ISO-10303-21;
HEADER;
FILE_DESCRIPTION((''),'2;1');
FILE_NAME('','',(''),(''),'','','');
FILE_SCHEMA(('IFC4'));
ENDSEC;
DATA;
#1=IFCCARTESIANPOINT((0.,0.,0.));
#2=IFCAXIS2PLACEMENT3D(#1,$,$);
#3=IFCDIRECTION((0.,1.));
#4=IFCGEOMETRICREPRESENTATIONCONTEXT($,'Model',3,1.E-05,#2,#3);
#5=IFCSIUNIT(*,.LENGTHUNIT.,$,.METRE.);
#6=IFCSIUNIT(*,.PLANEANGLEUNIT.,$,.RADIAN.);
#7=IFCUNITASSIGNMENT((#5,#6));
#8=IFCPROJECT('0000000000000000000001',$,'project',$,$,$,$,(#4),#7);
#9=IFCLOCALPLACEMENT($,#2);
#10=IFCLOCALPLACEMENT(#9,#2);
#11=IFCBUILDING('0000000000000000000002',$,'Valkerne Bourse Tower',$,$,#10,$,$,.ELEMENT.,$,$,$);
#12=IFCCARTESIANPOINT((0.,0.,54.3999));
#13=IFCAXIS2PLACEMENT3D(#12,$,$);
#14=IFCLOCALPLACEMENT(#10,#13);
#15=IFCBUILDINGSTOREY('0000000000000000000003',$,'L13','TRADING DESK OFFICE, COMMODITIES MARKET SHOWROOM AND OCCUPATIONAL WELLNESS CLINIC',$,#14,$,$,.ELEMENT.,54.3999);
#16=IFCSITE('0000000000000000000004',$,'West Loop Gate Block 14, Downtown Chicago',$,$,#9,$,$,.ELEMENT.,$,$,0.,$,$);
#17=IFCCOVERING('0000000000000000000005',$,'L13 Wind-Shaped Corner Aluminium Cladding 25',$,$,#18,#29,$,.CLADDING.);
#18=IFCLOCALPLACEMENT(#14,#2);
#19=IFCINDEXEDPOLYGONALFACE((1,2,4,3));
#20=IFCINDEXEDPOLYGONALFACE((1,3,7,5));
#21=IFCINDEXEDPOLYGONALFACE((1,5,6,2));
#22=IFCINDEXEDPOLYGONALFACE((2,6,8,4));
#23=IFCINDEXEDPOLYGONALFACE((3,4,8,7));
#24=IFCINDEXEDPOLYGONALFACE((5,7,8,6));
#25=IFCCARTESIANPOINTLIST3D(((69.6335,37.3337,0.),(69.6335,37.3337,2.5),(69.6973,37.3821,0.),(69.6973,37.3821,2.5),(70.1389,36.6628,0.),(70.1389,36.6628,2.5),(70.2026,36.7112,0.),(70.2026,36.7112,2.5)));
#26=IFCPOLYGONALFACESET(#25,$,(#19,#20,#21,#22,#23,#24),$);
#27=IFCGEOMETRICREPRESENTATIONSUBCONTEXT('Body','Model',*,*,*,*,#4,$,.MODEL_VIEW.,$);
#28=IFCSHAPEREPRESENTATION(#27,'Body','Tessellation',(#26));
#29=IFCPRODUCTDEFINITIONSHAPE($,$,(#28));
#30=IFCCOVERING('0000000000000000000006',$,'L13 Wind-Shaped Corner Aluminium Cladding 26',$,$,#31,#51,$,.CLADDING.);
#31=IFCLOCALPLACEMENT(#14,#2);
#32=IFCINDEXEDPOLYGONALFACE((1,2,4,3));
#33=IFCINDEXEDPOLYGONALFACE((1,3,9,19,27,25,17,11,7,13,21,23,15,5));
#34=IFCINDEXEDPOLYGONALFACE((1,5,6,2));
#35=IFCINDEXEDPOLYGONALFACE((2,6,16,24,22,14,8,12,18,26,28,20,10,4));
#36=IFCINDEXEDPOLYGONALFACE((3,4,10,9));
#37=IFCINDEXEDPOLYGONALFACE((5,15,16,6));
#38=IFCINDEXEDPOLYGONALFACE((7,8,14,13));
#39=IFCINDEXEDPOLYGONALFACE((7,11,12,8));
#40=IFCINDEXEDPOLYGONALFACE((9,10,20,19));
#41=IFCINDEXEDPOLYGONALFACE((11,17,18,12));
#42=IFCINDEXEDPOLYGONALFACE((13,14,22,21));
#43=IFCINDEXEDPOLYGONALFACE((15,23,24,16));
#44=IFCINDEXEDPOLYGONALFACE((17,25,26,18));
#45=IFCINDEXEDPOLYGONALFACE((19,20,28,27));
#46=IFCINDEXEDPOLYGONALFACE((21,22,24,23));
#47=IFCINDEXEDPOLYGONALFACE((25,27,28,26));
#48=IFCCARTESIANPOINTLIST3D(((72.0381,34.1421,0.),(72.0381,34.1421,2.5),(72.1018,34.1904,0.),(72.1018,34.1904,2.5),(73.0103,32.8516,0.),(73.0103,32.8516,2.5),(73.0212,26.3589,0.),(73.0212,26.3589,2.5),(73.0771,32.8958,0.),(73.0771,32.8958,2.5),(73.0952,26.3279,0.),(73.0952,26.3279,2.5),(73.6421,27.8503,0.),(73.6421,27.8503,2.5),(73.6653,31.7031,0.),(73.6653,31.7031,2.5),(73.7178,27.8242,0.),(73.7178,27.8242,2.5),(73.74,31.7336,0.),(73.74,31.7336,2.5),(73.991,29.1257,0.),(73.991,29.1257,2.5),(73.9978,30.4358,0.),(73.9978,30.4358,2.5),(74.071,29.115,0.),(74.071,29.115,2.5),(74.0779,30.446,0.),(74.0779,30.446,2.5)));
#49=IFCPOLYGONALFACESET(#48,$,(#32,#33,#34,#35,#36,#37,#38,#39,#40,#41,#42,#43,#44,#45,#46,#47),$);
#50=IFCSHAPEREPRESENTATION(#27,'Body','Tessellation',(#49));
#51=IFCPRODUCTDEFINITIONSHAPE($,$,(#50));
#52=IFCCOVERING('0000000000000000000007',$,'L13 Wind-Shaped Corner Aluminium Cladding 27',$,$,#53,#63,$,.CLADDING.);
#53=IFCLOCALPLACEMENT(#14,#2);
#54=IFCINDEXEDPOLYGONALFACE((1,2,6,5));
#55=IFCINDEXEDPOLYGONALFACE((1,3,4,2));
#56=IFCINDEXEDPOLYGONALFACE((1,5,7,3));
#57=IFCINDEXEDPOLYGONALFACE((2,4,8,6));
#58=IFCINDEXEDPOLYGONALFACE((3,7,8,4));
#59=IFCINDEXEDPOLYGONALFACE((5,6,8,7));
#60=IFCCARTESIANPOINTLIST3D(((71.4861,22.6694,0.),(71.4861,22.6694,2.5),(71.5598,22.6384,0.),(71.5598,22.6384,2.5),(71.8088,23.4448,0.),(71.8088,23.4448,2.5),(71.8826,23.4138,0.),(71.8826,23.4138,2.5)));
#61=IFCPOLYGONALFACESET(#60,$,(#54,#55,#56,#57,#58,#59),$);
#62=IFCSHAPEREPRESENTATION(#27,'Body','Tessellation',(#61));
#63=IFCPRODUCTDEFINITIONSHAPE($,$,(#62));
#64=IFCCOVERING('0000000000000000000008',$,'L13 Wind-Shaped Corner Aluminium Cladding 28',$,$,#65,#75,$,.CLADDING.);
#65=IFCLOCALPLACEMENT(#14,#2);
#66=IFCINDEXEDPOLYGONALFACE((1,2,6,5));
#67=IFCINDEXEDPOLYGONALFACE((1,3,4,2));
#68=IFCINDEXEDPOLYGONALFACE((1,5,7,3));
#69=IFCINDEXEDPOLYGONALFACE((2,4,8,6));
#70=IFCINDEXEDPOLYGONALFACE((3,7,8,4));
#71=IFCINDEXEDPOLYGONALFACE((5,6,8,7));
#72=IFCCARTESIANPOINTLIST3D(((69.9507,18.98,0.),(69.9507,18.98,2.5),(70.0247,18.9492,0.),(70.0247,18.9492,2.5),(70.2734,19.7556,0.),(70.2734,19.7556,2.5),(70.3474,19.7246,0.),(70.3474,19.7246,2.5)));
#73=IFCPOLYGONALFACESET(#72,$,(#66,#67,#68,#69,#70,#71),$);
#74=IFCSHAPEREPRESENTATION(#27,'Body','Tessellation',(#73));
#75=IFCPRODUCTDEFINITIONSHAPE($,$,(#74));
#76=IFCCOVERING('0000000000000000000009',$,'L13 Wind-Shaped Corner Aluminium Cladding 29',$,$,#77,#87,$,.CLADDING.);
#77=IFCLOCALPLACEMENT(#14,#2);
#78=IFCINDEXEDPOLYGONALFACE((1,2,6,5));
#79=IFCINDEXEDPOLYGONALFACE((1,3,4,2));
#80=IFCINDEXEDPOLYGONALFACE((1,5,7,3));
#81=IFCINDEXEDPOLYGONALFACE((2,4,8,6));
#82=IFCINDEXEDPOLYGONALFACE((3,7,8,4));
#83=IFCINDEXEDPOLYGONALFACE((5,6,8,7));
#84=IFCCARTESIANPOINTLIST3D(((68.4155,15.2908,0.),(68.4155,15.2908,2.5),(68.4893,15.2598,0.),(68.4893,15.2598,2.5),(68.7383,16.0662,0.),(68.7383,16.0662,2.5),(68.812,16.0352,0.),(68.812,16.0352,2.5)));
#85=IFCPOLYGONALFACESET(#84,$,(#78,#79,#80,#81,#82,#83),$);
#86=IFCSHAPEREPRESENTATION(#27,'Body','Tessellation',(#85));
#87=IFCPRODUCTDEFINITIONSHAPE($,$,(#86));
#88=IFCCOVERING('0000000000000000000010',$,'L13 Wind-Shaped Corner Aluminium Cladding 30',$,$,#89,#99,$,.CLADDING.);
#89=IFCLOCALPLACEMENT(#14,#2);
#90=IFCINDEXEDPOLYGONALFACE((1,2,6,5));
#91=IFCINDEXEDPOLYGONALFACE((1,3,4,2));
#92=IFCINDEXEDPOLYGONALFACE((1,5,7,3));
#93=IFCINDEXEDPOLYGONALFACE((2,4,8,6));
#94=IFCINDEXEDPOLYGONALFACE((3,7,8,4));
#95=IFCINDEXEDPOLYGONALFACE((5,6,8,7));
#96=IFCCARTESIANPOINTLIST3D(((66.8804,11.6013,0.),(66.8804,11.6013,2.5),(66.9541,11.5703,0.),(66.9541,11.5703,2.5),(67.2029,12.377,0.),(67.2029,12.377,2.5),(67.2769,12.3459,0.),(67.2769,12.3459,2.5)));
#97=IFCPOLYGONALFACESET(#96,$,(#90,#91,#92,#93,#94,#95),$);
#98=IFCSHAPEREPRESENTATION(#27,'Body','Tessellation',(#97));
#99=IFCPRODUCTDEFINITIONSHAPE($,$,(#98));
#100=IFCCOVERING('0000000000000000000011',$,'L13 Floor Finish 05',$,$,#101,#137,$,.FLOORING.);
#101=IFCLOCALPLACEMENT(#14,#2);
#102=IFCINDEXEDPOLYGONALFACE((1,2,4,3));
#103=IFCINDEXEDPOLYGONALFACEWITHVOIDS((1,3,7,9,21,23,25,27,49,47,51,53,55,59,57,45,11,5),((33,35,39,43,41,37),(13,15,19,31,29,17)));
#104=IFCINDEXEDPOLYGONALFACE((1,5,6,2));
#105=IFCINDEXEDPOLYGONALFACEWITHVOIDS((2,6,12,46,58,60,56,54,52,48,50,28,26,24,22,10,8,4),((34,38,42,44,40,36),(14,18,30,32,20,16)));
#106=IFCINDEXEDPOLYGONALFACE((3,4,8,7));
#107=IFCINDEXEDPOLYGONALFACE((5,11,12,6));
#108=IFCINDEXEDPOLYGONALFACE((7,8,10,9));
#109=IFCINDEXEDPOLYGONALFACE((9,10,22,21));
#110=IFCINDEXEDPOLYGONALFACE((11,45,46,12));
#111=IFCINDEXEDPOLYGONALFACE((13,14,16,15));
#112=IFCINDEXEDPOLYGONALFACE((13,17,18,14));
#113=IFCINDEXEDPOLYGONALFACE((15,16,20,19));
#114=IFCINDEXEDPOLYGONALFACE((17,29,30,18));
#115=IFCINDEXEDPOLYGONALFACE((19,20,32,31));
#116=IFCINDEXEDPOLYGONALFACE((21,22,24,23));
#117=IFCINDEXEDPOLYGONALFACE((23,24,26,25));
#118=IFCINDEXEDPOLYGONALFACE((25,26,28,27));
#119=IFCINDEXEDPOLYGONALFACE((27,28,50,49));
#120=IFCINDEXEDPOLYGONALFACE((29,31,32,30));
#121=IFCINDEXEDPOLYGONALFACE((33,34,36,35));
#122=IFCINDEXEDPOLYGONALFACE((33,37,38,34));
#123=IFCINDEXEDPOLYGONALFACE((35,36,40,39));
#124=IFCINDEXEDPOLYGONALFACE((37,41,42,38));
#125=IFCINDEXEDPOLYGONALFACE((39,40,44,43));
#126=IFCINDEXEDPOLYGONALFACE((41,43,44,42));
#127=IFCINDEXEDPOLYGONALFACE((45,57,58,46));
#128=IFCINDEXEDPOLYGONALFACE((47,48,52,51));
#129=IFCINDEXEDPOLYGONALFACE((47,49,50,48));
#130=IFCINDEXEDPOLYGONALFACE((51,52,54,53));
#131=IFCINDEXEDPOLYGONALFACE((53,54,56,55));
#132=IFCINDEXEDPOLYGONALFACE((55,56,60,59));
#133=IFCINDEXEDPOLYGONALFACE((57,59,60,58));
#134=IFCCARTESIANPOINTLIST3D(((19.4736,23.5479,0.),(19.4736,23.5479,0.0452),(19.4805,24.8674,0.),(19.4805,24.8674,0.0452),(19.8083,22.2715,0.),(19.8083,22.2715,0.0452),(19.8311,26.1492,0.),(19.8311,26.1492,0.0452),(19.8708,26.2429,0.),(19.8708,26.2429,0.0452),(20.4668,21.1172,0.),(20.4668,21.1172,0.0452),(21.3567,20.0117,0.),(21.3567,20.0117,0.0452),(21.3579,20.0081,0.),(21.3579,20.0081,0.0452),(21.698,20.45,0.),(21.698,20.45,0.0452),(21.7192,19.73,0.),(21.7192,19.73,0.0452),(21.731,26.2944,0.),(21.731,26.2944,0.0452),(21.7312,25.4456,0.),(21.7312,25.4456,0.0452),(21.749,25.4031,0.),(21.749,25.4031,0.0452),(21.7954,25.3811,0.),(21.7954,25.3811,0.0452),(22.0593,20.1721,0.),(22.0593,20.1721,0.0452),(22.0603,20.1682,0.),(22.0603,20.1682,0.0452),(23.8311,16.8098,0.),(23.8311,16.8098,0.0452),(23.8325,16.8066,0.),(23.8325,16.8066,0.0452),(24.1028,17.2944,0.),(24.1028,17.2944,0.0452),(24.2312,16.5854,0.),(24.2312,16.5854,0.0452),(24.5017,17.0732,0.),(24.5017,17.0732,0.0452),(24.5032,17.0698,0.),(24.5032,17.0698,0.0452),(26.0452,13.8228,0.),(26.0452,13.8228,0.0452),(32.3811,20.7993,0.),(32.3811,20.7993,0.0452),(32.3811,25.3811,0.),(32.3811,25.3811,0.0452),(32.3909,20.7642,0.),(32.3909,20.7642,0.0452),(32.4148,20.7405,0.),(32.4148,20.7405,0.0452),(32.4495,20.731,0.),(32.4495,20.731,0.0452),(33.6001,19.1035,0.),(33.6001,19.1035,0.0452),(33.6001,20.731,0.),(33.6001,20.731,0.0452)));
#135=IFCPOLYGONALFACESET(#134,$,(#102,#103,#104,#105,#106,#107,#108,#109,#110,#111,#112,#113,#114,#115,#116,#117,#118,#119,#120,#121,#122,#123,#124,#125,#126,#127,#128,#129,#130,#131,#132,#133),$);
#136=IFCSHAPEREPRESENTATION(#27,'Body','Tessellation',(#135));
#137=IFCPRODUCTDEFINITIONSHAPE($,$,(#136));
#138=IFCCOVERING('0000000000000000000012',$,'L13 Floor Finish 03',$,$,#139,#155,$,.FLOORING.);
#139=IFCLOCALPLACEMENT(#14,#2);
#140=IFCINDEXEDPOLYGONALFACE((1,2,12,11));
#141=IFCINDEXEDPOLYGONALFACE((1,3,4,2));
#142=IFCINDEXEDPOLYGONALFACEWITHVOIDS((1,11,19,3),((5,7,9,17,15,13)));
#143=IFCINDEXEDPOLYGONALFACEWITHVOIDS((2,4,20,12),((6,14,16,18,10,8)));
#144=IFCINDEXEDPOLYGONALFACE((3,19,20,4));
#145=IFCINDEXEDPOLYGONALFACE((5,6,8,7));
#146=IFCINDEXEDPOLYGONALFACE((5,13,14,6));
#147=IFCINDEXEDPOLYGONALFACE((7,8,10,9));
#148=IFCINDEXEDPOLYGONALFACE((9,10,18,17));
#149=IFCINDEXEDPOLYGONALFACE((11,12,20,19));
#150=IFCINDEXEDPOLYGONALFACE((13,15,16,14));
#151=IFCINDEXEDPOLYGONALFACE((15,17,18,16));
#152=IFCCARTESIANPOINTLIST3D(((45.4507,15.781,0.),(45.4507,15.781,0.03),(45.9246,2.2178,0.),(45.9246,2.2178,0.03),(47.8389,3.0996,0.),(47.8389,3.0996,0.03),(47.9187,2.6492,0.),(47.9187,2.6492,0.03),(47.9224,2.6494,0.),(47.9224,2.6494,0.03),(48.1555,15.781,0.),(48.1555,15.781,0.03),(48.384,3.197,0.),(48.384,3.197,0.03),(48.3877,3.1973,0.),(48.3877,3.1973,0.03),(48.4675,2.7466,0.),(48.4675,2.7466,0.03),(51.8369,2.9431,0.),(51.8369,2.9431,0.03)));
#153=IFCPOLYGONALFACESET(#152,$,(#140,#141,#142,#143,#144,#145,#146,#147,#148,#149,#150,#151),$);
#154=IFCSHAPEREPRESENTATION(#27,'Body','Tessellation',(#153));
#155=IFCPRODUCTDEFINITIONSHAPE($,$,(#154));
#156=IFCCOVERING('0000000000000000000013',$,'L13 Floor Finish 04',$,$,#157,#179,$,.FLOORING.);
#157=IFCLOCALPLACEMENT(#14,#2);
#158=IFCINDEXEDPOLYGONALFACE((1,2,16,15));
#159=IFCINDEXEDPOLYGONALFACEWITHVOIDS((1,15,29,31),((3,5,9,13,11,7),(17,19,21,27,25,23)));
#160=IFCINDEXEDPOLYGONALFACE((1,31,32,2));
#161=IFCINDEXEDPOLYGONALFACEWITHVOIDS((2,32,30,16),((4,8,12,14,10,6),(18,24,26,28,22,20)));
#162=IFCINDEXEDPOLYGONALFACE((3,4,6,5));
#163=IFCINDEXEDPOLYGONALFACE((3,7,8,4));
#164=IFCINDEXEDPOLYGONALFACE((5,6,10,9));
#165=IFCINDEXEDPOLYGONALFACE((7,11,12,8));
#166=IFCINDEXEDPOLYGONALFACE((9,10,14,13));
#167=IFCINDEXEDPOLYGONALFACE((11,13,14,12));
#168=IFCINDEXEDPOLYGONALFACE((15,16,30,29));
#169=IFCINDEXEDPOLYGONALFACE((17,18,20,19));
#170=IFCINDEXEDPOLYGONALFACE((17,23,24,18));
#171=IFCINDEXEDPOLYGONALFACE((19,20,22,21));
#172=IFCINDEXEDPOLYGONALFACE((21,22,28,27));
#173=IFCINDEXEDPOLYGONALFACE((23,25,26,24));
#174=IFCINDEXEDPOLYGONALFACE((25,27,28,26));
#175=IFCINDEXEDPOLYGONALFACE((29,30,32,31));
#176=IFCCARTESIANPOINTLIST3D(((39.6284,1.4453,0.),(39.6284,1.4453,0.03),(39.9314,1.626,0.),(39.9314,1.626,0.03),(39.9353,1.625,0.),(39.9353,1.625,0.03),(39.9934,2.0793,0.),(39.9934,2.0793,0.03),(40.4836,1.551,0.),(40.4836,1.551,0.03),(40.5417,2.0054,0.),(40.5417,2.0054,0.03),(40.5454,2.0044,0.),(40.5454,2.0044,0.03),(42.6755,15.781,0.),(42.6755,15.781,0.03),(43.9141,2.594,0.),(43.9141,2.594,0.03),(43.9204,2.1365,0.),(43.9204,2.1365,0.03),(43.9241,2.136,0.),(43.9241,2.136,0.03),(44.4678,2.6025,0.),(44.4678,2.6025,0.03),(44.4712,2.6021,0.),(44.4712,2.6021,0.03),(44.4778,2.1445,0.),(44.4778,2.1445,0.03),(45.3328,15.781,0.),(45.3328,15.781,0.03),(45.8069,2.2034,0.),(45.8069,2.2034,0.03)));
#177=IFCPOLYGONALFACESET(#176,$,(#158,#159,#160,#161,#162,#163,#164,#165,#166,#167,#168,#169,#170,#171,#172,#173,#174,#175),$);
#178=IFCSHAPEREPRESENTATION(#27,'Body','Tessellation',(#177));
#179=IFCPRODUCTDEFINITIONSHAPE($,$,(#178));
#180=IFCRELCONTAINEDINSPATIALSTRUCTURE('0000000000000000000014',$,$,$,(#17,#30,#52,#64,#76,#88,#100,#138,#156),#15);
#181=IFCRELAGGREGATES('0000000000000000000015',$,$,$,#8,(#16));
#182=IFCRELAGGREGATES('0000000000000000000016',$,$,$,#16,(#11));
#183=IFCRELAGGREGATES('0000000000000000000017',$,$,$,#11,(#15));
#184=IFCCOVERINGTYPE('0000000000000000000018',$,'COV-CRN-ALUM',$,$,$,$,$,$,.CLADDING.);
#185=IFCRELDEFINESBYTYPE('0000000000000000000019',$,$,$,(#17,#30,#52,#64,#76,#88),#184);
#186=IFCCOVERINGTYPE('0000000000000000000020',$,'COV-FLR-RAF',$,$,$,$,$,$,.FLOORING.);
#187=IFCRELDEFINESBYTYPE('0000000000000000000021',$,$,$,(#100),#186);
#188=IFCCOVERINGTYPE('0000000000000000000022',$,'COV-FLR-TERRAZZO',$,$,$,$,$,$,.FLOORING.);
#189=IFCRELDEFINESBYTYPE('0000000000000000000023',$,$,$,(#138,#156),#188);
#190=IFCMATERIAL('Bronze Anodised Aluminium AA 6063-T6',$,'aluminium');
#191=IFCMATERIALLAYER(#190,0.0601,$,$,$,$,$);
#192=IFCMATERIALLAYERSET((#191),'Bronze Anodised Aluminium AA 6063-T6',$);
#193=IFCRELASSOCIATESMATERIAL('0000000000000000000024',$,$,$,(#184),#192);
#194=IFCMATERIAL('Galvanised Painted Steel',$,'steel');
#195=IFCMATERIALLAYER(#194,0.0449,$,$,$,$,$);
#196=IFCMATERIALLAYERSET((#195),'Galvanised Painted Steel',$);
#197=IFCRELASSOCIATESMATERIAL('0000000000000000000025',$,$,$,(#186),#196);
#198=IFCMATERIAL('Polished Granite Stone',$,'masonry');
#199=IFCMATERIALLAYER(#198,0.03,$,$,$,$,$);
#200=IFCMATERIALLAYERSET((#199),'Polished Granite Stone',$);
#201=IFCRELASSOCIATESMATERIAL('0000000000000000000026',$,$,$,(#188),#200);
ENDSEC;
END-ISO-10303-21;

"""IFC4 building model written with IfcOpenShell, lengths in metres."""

from ifc_helpers import new_model, si_unit, direction, frame, origin, place, context, subcontext, project, spatial, polyline, outline, extrude, material, layer, layer_set, type_object, element, save


model = new_model("IFC4")

# Units and contexts
model_context = context("Model", 3, precision=1e-05, world=origin(), true_north=direction((0.0, 1.0)))
body_context = subcontext(model_context, "Body", "Model", "MODEL_VIEW")
ifc_project = project(units=[si_unit("LENGTHUNIT", "METRE"), si_unit("PLANEANGLEUNIT", "RADIAN")], contexts=[model_context])

# Site, building, storey
site_placement = place(None, origin())
site = spatial("IfcSite", under=ifc_project, at=site_placement, Name="West Loop Gate Block 14, Downtown Chicago", CompositionType="ELEMENT", RefElevation=0.0)
building_placement = place(site_placement, origin())
building = spatial("IfcBuilding", under=site, at=building_placement, Name="Valkerne Bourse Tower", CompositionType="ELEMENT")
storey_placement = place(building_placement, frame((0.0, 0.0, 54.3999)))
storey = spatial("IfcBuildingStorey", under=building, at=storey_placement, Name="L13", Description="TRADING DESK OFFICE, COMMODITIES MARKET SHOWROOM AND OCCUPATIONAL WELLNESS CLINIC", CompositionType="ELEMENT", Elevation=54.3999)

# Coverings
ifc_material_1 = material(Name="Bronze Anodised Aluminium AA 6063-T6", Category="aluminium")
ifc_layer_1 = layer(ifc_material_1, 0.0601)
ifc_layer_set_1 = layer_set([ifc_layer_1], Name="Bronze Anodised Aluminium AA 6063-T6")
covering_type_1 = type_object("IfcCoveringType", Name="COV-CRN-ALUM", PredefinedType="CLADDING", material=ifc_layer_set_1)
covering_1_placement = place(storey_placement, origin())
element("IfcCovering", 1, at=covering_1_placement, inside=storey, type_object=covering_type_1, Name="L13 Wind-Shaped Corner Aluminium Cladding 25", PredefinedType="CLADDING", context=body_context, shape_type="SweptSolid", body=[
    extrude(outline(polyline([(70.2026, 36.7112), (70.1389, 36.6628), (69.6335, 37.3337), (69.6973, 37.3821), (70.2026, 36.7112)])), origin(), (0.0, 0.0, 1.0), 2.5),
])
covering_2_placement = place(storey_placement, origin())
element("IfcCovering", 2, at=covering_2_placement, inside=storey, type_object=covering_type_1, Name="L13 Wind-Shaped Corner Aluminium Cladding 26", PredefinedType="CLADDING", context=body_context, shape_type="SweptSolid", body=[
    extrude(outline(polyline([(73.0771, 32.8958), (73.74, 31.7336), (74.0779, 30.446), (74.071, 29.115), (73.7178, 27.8242), (73.0952, 26.3279), (73.0212, 26.3589), (73.6421, 27.8503), (73.991, 29.1257), (73.9978, 30.4358), (73.6653, 31.7031), (73.0103, 32.8516), (72.0381, 34.1421), (72.1018, 34.1904), (73.0771, 32.8958)])), origin(), (0.0, 0.0, 1.0), 2.5),
])
covering_3_placement = place(storey_placement, origin())
element("IfcCovering", 3, at=covering_3_placement, inside=storey, type_object=covering_type_1, Name="L13 Wind-Shaped Corner Aluminium Cladding 27", PredefinedType="CLADDING", context=body_context, shape_type="SweptSolid", body=[
    extrude(outline(polyline([(71.5598, 22.6384), (71.4861, 22.6694), (71.8088, 23.4448), (71.8826, 23.4138), (71.5598, 22.6384)])), origin(), (0.0, 0.0, 1.0), 2.5),
])
covering_4_placement = place(storey_placement, origin())
element("IfcCovering", 4, at=covering_4_placement, inside=storey, type_object=covering_type_1, Name="L13 Wind-Shaped Corner Aluminium Cladding 28", PredefinedType="CLADDING", context=body_context, shape_type="SweptSolid", body=[
    extrude(outline(polyline([(70.0247, 18.9492), (69.9507, 18.98), (70.2734, 19.7556), (70.3474, 19.7246), (70.0247, 18.9492)])), origin(), (0.0, 0.0, 1.0), 2.5),
])
covering_5_placement = place(storey_placement, origin())
element("IfcCovering", 5, at=covering_5_placement, inside=storey, type_object=covering_type_1, Name="L13 Wind-Shaped Corner Aluminium Cladding 29", PredefinedType="CLADDING", context=body_context, shape_type="SweptSolid", body=[
    extrude(outline(polyline([(68.4893, 15.2598), (68.4155, 15.2908), (68.7383, 16.0662), (68.812, 16.0352), (68.4893, 15.2598)])), origin(), (0.0, 0.0, 1.0), 2.5),
])
covering_6_placement = place(storey_placement, origin())
element("IfcCovering", 6, at=covering_6_placement, inside=storey, type_object=covering_type_1, Name="L13 Wind-Shaped Corner Aluminium Cladding 30", PredefinedType="CLADDING", context=body_context, shape_type="SweptSolid", body=[
    extrude(outline(polyline([(66.9541, 11.5703), (66.8804, 11.6013), (67.2029, 12.377), (67.2769, 12.3459), (66.9541, 11.5703)])), origin(), (0.0, 0.0, 1.0), 2.5),
])
ifc_material_2 = material(Name="Galvanised Painted Steel", Category="steel")
ifc_layer_2 = layer(ifc_material_2, 0.0449)
ifc_layer_set_2 = layer_set([ifc_layer_2], Name="Galvanised Painted Steel")
covering_type_2 = type_object("IfcCoveringType", Name="COV-FLR-RAF", PredefinedType="FLOORING", material=ifc_layer_set_2)
covering_7_placement = place(storey_placement, origin())
element("IfcCovering", 7, at=covering_7_placement, inside=storey, type_object=covering_type_2, Name="L13 Floor Finish 05", PredefinedType="FLOORING", context=body_context, shape_type="SweptSolid", body=[
    extrude(outline(polyline([(19.4736, 23.5479), (19.4805, 24.8674), (19.8311, 26.1492), (19.8708, 26.2429), (21.731, 26.2944), (21.7312, 25.4456), (21.749, 25.4031), (21.7954, 25.3811), (32.3811, 25.3811), (32.3811, 20.7993), (32.3909, 20.7642), (32.4148, 20.7405), (32.4495, 20.731), (33.6001, 20.731), (33.6001, 19.1035), (26.0452, 13.8228), (20.4668, 21.1172), (19.8083, 22.2715), (19.4736, 23.5479)]), holes=[polyline([(24.5017, 17.0732), (24.1028, 17.2944), (23.8311, 16.8098), (23.8325, 16.8066), (24.2312, 16.5854), (24.5032, 17.0698), (24.5017, 17.0732)]), polyline([(22.0603, 20.1682), (22.0593, 20.1721), (21.698, 20.45), (21.3567, 20.0117), (21.3579, 20.0081), (21.7192, 19.73), (22.0603, 20.1682)])]), origin(), (0.0, 0.0, 1.0), 0.0452),
])
ifc_material_3 = material(Name="Polished Granite Stone", Category="masonry")
ifc_layer_3 = layer(ifc_material_3, 0.03)
ifc_layer_set_3 = layer_set([ifc_layer_3], Name="Polished Granite Stone")
covering_type_3 = type_object("IfcCoveringType", Name="COV-FLR-TERRAZZO", PredefinedType="FLOORING", material=ifc_layer_set_3)
covering_8_placement = place(storey_placement, origin())
element("IfcCovering", 8, at=covering_8_placement, inside=storey, type_object=covering_type_3, Name="L13 Floor Finish 03", PredefinedType="FLOORING", context=body_context, shape_type="SweptSolid", body=[
    extrude(outline(polyline([(48.1555, 15.781), (51.8369, 2.9431), (45.9246, 2.2178), (45.4507, 15.781), (48.1555, 15.781)]), holes=[polyline([(47.9224, 2.6494), (48.4675, 2.7466), (48.3877, 3.1973), (48.384, 3.197), (47.8389, 3.0996), (47.9187, 2.6492), (47.9224, 2.6494)])]), origin(), (0.0, 0.0, 1.0), 0.03),
])
covering_9_placement = place(storey_placement, origin())
element("IfcCovering", 9, at=covering_9_placement, inside=storey, type_object=covering_type_3, Name="L13 Floor Finish 04", PredefinedType="FLOORING", context=body_context, shape_type="SweptSolid", body=[
    extrude(outline(polyline([(45.3328, 15.781), (45.8069, 2.2034), (39.6284, 1.4453), (42.6755, 15.781), (45.3328, 15.781)]), holes=[polyline([(40.5454, 2.0044), (40.5417, 2.0054), (39.9934, 2.0793), (39.9314, 1.626), (39.9353, 1.625), (40.4836, 1.551), (40.5454, 2.0044)]), polyline([(44.4712, 2.6021), (44.4678, 2.6025), (43.9141, 2.594), (43.9204, 2.1365), (43.9241, 2.136), (44.4778, 2.1445), (44.4712, 2.6021)])]), origin(), (0.0, 0.0, 1.0), 0.03),
])

save(model, "model.ifc")
